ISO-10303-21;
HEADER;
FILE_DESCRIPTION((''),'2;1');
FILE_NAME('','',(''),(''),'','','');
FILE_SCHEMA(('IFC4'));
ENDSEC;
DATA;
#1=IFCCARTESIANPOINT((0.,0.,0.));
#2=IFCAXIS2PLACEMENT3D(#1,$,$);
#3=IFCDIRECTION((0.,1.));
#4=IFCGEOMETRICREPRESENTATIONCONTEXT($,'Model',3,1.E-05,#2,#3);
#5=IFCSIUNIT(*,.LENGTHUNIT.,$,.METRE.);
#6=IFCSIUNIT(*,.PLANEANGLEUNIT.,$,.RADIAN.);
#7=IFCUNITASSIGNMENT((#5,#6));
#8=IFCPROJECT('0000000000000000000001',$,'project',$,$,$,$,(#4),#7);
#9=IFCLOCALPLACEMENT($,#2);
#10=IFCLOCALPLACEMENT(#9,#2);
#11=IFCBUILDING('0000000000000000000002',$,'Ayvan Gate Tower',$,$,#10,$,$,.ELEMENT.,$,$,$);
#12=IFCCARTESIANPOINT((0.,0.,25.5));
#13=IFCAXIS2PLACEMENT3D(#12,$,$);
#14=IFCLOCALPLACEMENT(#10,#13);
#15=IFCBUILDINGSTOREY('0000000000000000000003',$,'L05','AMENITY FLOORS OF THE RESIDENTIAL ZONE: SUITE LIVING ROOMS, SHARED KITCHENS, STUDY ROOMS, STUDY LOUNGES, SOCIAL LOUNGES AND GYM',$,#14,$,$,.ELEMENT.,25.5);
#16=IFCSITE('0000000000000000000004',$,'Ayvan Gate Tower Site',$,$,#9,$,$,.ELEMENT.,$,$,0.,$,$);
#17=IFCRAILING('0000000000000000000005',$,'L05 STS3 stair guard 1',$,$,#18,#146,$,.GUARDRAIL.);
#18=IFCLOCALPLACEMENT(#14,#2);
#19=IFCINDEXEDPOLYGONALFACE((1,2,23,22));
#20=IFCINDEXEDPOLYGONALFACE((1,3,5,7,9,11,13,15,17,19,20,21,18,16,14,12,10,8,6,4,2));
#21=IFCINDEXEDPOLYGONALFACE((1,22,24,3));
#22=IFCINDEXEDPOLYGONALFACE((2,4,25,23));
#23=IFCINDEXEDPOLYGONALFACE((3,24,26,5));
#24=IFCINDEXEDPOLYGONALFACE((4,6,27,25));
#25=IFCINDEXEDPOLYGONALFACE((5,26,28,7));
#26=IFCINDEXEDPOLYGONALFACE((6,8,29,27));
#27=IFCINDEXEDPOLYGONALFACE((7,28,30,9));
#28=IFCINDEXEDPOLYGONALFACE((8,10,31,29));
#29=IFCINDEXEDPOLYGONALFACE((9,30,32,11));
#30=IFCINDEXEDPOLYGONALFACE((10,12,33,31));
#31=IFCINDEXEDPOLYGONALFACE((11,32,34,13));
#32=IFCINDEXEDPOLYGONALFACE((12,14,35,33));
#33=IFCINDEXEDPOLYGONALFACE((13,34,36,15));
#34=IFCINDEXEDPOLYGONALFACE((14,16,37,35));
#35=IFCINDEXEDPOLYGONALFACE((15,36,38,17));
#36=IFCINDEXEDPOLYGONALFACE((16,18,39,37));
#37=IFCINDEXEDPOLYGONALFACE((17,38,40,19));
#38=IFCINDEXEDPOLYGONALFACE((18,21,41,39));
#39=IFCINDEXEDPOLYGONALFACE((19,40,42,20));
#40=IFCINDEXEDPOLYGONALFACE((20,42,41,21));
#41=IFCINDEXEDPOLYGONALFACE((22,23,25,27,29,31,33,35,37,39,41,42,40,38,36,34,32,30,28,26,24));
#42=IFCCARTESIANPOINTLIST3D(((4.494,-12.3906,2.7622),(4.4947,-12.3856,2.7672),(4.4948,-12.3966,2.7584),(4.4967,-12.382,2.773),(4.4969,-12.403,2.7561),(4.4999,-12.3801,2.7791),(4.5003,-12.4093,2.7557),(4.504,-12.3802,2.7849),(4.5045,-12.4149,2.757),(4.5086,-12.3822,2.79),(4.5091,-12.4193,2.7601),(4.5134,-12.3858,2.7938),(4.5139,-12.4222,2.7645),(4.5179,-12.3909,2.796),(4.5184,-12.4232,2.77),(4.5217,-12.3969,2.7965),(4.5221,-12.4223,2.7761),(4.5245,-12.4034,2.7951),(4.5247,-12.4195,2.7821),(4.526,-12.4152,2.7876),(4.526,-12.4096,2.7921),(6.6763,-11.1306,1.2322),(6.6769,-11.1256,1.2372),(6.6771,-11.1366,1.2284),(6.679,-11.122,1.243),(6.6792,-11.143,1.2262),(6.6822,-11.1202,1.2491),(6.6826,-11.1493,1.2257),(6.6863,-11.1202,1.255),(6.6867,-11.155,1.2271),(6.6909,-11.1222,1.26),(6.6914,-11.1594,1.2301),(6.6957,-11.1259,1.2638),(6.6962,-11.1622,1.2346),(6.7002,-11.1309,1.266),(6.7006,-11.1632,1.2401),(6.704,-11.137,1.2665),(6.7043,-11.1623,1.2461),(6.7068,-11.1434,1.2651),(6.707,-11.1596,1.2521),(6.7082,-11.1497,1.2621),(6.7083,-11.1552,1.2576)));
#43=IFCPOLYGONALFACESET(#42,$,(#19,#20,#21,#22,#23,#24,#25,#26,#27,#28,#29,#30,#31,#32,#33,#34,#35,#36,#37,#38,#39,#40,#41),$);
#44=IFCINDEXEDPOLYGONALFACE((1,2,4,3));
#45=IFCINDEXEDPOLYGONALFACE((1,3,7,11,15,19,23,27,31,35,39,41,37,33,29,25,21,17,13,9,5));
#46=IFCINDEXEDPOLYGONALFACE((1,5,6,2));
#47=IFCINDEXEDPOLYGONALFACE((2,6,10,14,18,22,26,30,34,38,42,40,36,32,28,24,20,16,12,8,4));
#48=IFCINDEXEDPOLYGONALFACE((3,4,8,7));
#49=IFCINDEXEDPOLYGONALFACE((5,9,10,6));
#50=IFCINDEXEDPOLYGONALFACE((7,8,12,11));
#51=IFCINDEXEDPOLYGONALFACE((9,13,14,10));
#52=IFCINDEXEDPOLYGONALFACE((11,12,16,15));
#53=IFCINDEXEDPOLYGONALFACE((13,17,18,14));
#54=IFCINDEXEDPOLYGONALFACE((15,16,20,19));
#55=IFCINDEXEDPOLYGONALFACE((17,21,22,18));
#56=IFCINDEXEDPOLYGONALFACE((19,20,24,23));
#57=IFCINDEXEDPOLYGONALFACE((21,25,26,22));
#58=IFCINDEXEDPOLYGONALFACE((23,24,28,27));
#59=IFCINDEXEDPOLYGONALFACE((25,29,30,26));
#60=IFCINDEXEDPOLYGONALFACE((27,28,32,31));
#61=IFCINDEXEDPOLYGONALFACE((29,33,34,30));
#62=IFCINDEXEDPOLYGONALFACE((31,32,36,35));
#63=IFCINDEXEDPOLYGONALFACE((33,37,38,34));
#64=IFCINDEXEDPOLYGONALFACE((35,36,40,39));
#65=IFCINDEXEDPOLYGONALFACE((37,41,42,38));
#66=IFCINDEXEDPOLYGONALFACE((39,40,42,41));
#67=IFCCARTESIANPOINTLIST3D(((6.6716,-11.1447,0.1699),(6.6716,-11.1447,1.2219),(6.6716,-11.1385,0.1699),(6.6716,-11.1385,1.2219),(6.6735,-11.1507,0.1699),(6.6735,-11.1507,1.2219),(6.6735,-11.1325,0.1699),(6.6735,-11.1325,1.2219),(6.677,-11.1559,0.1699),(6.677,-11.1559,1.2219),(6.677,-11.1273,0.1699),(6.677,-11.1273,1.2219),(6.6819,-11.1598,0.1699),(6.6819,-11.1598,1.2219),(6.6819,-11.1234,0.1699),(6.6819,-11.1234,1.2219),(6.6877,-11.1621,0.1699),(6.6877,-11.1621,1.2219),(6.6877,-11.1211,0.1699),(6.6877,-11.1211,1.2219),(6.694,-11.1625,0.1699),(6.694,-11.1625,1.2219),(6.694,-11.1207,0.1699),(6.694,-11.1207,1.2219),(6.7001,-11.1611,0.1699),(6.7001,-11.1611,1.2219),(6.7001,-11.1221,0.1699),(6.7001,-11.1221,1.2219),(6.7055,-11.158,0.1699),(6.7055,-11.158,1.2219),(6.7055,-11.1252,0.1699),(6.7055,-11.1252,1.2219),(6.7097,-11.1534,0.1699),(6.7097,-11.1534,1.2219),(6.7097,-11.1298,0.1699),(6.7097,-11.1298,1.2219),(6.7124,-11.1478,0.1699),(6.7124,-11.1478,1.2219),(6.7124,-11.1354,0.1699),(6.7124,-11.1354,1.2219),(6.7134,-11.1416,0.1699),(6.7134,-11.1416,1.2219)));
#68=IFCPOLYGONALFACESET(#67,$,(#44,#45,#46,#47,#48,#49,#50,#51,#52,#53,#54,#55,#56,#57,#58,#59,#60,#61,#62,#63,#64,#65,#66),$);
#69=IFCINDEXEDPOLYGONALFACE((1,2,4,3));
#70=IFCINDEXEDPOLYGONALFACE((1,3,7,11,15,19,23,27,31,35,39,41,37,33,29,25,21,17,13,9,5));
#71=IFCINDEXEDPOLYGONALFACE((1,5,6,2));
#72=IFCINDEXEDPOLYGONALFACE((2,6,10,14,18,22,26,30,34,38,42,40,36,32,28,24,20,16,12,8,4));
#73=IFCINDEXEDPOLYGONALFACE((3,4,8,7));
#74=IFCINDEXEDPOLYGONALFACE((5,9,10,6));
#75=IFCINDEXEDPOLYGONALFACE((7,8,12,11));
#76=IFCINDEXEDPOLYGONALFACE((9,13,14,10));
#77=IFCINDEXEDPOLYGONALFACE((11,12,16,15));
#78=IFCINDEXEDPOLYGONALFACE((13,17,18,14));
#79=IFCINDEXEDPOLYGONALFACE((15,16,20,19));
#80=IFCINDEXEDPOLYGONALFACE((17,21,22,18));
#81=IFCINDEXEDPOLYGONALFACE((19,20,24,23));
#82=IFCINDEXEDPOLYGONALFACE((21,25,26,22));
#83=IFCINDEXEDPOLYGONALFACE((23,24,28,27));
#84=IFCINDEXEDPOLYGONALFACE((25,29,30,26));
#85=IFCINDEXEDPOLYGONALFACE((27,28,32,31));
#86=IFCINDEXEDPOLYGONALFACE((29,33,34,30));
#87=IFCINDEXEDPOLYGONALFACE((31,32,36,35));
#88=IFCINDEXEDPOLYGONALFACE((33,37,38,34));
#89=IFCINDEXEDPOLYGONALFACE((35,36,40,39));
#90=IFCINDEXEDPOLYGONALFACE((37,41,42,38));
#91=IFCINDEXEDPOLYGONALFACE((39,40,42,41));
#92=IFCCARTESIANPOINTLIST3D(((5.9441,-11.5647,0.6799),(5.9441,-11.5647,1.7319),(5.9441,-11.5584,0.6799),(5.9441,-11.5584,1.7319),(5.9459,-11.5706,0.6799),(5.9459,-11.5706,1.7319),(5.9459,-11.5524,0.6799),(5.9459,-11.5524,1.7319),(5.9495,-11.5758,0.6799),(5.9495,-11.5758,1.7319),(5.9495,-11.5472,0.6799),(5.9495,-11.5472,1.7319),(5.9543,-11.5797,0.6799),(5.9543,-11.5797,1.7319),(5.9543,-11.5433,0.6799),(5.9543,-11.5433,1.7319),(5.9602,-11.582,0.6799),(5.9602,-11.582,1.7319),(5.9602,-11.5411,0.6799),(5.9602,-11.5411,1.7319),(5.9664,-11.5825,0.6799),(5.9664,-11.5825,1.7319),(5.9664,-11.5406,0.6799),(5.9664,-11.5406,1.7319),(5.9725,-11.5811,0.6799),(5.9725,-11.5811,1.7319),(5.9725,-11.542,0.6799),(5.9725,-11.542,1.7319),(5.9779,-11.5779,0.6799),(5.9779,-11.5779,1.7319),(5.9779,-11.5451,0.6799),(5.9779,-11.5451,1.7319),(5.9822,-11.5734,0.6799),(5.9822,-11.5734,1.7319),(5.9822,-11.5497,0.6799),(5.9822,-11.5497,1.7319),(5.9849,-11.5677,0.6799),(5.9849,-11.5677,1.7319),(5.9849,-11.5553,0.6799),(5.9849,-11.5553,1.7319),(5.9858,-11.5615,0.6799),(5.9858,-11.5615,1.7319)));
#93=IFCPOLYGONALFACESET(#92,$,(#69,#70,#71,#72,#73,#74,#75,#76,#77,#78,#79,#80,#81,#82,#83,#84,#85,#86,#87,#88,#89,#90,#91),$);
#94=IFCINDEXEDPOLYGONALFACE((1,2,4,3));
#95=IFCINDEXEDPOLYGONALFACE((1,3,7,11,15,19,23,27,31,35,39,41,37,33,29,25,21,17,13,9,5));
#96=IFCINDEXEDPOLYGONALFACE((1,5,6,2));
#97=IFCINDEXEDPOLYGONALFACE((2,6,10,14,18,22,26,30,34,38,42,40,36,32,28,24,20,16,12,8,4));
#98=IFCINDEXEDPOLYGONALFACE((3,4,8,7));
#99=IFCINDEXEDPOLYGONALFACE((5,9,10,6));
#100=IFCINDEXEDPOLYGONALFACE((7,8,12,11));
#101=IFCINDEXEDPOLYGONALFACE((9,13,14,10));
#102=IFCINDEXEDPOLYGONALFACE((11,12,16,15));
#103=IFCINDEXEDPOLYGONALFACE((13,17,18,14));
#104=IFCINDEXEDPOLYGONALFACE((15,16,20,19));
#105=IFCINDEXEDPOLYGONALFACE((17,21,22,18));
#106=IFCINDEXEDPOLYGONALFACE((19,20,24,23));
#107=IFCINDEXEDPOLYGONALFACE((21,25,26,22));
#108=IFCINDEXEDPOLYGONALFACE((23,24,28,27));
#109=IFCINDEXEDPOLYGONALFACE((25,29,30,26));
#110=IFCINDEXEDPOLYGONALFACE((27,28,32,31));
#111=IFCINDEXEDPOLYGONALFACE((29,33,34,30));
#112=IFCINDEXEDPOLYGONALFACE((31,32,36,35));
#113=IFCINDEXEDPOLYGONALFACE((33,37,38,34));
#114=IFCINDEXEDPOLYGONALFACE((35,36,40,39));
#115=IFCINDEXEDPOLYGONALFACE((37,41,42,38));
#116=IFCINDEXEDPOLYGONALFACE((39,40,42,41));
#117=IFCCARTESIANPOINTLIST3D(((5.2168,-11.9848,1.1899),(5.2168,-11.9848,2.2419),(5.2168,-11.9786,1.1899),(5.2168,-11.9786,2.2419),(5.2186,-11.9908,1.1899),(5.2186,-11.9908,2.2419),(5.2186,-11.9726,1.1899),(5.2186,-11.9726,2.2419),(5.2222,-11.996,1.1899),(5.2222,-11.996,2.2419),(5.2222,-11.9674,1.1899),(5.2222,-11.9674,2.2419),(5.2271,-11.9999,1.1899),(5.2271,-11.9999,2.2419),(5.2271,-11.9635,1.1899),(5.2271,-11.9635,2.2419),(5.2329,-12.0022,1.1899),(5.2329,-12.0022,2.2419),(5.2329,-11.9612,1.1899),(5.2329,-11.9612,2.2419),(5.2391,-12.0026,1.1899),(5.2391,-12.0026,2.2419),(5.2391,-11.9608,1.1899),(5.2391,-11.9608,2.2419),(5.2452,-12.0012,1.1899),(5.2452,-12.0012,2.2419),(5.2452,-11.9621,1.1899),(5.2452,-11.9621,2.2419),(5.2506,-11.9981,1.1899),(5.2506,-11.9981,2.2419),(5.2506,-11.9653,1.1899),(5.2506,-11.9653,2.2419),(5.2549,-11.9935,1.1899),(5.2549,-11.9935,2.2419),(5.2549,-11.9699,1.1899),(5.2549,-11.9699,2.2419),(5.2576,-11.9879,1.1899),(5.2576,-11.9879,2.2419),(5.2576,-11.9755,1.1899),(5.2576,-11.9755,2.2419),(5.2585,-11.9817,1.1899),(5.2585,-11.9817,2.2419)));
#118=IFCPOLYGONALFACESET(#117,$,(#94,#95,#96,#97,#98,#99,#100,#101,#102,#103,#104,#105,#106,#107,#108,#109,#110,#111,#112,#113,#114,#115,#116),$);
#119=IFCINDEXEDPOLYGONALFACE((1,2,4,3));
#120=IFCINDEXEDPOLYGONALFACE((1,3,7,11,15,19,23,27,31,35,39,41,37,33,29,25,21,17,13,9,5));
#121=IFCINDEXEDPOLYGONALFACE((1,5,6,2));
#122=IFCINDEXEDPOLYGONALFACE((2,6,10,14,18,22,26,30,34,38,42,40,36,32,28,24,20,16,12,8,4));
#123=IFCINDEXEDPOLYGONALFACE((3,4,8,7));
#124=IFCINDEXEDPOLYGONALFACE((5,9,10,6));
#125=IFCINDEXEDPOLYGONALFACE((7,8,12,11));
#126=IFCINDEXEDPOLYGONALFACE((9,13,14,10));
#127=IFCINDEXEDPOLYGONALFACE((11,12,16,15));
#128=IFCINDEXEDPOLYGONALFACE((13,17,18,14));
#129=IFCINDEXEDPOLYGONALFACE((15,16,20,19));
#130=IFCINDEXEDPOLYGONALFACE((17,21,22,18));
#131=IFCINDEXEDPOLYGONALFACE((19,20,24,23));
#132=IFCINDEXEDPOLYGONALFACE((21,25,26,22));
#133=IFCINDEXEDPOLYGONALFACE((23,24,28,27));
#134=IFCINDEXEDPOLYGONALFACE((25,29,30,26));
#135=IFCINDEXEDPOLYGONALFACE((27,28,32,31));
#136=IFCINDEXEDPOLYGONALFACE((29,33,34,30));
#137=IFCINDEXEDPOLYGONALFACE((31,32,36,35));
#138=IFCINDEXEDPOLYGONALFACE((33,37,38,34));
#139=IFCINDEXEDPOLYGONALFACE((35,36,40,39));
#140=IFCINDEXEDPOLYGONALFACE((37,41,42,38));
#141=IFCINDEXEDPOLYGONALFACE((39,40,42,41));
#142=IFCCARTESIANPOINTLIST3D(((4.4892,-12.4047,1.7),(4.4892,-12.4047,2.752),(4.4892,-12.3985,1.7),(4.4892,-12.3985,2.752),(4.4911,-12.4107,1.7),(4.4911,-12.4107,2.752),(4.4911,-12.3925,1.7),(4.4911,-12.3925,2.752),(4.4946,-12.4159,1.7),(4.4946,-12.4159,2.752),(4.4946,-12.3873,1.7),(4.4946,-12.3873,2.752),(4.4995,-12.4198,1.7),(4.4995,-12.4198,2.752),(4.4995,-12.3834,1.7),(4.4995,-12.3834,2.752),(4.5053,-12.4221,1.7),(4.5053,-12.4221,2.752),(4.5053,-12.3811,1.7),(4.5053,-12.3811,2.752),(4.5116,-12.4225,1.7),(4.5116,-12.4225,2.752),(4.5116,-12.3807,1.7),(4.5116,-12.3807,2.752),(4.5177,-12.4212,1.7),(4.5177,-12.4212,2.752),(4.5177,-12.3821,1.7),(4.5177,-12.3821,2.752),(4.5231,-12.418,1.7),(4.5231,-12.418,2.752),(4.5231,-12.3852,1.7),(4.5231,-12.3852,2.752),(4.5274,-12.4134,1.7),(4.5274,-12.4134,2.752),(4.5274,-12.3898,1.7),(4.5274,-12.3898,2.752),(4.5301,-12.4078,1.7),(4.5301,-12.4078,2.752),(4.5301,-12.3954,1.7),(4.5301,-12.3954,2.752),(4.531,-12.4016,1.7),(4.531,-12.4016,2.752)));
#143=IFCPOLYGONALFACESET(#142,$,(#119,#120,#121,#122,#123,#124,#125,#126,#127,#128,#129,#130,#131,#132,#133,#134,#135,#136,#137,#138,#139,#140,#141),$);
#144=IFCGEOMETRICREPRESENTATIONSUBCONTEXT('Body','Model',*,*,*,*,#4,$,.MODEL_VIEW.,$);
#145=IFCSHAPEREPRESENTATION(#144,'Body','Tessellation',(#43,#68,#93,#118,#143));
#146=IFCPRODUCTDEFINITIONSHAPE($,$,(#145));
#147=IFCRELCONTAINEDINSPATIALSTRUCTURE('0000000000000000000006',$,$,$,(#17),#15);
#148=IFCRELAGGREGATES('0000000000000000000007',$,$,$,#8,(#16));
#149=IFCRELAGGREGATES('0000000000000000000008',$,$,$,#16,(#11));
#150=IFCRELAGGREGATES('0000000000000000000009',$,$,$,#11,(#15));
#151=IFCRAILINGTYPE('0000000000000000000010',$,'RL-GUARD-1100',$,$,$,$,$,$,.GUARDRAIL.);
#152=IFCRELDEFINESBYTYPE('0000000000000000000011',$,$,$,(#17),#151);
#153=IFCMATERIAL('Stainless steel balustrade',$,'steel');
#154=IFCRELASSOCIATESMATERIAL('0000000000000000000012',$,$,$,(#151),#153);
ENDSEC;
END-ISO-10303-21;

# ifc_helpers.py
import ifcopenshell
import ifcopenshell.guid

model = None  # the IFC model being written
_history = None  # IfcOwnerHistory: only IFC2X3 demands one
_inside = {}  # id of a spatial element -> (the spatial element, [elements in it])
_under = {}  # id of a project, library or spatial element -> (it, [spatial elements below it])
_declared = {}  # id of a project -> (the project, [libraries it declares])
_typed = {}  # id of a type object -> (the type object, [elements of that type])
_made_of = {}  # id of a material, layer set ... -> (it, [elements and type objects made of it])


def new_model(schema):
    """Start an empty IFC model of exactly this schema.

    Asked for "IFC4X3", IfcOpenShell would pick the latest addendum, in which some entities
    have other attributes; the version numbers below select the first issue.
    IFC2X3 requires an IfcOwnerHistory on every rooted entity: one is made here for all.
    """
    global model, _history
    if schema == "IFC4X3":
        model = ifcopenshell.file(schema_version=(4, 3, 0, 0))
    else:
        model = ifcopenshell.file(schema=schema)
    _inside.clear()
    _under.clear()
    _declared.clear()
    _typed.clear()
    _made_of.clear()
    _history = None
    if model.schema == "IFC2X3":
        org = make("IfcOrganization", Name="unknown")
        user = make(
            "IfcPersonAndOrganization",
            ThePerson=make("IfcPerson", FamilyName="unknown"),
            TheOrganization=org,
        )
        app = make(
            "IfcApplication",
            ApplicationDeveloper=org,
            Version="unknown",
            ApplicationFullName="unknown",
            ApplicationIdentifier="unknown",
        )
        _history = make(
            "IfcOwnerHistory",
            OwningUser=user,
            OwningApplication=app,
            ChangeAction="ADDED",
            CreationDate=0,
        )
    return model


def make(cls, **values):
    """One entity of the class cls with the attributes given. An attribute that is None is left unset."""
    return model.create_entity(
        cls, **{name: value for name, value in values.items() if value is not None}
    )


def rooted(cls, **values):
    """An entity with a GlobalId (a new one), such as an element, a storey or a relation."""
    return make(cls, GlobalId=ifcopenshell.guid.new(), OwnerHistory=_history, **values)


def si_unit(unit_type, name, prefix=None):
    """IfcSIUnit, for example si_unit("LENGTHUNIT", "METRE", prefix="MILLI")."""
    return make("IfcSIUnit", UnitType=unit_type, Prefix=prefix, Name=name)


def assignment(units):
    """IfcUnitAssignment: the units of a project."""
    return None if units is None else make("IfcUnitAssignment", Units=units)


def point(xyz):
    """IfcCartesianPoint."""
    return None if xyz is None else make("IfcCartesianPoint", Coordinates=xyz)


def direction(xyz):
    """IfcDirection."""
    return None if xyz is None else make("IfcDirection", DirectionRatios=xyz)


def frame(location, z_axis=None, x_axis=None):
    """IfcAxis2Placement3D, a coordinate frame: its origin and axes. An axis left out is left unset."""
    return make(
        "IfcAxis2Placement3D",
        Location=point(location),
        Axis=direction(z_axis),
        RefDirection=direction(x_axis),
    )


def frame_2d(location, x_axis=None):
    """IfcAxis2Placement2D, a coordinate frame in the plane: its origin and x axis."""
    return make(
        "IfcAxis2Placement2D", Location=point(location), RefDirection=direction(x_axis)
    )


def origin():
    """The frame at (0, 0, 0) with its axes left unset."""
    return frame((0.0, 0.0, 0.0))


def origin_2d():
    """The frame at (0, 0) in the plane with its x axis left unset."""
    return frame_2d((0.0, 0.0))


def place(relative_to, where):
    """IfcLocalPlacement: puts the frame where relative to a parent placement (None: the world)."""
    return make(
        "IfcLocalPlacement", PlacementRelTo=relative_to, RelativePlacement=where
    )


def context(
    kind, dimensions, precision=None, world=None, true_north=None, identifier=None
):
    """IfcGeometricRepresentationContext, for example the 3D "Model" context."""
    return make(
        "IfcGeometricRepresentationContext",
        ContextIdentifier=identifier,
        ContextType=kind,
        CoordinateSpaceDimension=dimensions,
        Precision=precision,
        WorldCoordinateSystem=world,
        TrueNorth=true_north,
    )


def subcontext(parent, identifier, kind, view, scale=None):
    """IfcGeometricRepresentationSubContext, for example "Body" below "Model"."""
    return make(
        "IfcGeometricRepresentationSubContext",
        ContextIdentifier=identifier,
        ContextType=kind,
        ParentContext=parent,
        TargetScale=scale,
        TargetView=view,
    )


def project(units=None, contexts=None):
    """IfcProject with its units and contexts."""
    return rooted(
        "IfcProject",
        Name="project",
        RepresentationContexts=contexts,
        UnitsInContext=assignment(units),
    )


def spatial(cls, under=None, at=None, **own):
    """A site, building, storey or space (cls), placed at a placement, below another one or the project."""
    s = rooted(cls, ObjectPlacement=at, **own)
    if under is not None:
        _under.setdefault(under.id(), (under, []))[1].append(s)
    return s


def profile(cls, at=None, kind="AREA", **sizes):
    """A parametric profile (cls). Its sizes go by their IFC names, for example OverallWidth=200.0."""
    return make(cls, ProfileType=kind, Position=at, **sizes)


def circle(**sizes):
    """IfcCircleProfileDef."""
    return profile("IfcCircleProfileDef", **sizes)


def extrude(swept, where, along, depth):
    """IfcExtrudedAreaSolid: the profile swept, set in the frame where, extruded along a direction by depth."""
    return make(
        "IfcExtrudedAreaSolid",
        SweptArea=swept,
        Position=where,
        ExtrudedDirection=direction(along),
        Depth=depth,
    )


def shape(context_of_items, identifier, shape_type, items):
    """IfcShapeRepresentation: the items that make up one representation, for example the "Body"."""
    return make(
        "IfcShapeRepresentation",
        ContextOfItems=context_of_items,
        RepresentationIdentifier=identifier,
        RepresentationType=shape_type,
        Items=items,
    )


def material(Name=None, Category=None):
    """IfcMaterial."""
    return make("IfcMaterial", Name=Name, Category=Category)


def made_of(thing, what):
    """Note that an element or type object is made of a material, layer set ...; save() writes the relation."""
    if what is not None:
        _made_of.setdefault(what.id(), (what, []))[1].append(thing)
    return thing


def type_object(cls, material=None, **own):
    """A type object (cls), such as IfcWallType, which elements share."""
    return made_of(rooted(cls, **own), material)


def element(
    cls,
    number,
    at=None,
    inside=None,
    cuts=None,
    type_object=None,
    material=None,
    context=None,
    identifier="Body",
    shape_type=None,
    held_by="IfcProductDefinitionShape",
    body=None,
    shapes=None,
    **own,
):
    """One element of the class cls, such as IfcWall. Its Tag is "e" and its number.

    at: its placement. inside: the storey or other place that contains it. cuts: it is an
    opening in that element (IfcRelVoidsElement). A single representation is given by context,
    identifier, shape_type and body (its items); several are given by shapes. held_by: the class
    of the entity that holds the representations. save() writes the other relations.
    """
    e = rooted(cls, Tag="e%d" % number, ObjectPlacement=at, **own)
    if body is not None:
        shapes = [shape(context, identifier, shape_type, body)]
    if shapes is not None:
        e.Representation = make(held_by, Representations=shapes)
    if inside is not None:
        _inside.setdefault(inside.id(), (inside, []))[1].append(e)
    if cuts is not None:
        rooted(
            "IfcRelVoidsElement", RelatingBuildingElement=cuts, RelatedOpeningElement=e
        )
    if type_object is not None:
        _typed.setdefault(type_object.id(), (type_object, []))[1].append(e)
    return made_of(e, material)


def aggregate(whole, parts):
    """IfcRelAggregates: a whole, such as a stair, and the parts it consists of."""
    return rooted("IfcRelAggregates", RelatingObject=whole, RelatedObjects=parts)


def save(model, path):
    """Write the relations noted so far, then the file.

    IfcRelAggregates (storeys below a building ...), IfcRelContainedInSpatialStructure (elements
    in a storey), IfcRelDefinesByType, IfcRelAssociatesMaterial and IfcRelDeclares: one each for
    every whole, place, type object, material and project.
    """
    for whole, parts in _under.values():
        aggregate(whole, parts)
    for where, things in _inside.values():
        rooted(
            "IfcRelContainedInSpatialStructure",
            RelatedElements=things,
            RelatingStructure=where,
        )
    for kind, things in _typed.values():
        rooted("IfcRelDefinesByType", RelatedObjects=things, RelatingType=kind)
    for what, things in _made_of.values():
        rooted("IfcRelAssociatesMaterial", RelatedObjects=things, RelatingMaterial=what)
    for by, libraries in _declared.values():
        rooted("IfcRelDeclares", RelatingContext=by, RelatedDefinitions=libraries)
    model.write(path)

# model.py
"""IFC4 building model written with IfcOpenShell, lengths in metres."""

from ifc_helpers import new_model, si_unit, direction, frame, origin, origin_2d, place, context, subcontext, project, spatial, circle, extrude, material, type_object, element, save


model = new_model("IFC4")

# Units and contexts
model_context = context("Model", 3, precision=1e-05, world=origin(), true_north=direction((0.0, 1.0)))
body_context = subcontext(model_context, "Body", "Model", "MODEL_VIEW")
ifc_project = project(units=[si_unit("LENGTHUNIT", "METRE"), si_unit("PLANEANGLEUNIT", "RADIAN")], contexts=[model_context])

# Site, building, storey
site_placement = place(None, origin())
site = spatial("IfcSite", under=ifc_project, at=site_placement, Name="Ayvan Gate Tower Site", CompositionType="ELEMENT", RefElevation=0.0)
building_placement = place(site_placement, origin())
building = spatial("IfcBuilding", under=site, at=building_placement, Name="Ayvan Gate Tower", CompositionType="ELEMENT")
storey_placement = place(building_placement, frame((0.0, 0.0, 25.5)))
storey = spatial("IfcBuildingStorey", under=building, at=storey_placement, Name="L05", Description="AMENITY FLOORS OF THE RESIDENTIAL ZONE: SUITE LIVING ROOMS, SHARED KITCHENS, STUDY ROOMS, STUDY LOUNGES, SOCIAL LOUNGES AND GYM", CompositionType="ELEMENT", Elevation=25.5)

# Railing
ifc_material_1 = material(Name="Stainless steel balustrade", Category="steel")
railing_type_1 = type_object("IfcRailingType", Name="RL-GUARD-1100", PredefinedType="GUARDRAIL", material=ifc_material_1)
railing_1_placement = place(storey_placement, frame((6.6924, -11.1416, 0.1699)))
element("IfcRailing", 1, at=railing_1_placement, inside=storey, type_object=railing_type_1, Name="L05 STS3 stair guard 1", PredefinedType="GUARDRAIL", context=body_context, shape_type="SweptSolid", body=[
    extrude(circle(Radius=0.0239, at=origin_2d()), frame((0.0, 0.0, 1.0762), z_axis=(-0.740261, -0.427395, 0.518986), x_axis=(0.500005, -0.866023, 0.0)), (0.0, 0.0, 1.0), 2.948),
    extrude(circle(Radius=0.021, at=origin_2d()), origin(), (0.0, 0.0, 1.0), 1.052),
    extrude(circle(Radius=0.021, at=origin_2d()), frame((-0.7275, -0.4199, 0.51)), (0.0, 0.0, 1.0), 1.052),
    extrude(circle(Radius=0.021, at=origin_2d()), frame((-1.4548, -0.8401, 1.02)), (0.0, 0.0, 1.0), 1.052),
    extrude(circle(Radius=0.021, at=origin_2d()), frame((-2.1824, -1.26, 1.53)), (0.0, 0.0, 1.0), 1.052),
])

save(model, "model.ifc")
